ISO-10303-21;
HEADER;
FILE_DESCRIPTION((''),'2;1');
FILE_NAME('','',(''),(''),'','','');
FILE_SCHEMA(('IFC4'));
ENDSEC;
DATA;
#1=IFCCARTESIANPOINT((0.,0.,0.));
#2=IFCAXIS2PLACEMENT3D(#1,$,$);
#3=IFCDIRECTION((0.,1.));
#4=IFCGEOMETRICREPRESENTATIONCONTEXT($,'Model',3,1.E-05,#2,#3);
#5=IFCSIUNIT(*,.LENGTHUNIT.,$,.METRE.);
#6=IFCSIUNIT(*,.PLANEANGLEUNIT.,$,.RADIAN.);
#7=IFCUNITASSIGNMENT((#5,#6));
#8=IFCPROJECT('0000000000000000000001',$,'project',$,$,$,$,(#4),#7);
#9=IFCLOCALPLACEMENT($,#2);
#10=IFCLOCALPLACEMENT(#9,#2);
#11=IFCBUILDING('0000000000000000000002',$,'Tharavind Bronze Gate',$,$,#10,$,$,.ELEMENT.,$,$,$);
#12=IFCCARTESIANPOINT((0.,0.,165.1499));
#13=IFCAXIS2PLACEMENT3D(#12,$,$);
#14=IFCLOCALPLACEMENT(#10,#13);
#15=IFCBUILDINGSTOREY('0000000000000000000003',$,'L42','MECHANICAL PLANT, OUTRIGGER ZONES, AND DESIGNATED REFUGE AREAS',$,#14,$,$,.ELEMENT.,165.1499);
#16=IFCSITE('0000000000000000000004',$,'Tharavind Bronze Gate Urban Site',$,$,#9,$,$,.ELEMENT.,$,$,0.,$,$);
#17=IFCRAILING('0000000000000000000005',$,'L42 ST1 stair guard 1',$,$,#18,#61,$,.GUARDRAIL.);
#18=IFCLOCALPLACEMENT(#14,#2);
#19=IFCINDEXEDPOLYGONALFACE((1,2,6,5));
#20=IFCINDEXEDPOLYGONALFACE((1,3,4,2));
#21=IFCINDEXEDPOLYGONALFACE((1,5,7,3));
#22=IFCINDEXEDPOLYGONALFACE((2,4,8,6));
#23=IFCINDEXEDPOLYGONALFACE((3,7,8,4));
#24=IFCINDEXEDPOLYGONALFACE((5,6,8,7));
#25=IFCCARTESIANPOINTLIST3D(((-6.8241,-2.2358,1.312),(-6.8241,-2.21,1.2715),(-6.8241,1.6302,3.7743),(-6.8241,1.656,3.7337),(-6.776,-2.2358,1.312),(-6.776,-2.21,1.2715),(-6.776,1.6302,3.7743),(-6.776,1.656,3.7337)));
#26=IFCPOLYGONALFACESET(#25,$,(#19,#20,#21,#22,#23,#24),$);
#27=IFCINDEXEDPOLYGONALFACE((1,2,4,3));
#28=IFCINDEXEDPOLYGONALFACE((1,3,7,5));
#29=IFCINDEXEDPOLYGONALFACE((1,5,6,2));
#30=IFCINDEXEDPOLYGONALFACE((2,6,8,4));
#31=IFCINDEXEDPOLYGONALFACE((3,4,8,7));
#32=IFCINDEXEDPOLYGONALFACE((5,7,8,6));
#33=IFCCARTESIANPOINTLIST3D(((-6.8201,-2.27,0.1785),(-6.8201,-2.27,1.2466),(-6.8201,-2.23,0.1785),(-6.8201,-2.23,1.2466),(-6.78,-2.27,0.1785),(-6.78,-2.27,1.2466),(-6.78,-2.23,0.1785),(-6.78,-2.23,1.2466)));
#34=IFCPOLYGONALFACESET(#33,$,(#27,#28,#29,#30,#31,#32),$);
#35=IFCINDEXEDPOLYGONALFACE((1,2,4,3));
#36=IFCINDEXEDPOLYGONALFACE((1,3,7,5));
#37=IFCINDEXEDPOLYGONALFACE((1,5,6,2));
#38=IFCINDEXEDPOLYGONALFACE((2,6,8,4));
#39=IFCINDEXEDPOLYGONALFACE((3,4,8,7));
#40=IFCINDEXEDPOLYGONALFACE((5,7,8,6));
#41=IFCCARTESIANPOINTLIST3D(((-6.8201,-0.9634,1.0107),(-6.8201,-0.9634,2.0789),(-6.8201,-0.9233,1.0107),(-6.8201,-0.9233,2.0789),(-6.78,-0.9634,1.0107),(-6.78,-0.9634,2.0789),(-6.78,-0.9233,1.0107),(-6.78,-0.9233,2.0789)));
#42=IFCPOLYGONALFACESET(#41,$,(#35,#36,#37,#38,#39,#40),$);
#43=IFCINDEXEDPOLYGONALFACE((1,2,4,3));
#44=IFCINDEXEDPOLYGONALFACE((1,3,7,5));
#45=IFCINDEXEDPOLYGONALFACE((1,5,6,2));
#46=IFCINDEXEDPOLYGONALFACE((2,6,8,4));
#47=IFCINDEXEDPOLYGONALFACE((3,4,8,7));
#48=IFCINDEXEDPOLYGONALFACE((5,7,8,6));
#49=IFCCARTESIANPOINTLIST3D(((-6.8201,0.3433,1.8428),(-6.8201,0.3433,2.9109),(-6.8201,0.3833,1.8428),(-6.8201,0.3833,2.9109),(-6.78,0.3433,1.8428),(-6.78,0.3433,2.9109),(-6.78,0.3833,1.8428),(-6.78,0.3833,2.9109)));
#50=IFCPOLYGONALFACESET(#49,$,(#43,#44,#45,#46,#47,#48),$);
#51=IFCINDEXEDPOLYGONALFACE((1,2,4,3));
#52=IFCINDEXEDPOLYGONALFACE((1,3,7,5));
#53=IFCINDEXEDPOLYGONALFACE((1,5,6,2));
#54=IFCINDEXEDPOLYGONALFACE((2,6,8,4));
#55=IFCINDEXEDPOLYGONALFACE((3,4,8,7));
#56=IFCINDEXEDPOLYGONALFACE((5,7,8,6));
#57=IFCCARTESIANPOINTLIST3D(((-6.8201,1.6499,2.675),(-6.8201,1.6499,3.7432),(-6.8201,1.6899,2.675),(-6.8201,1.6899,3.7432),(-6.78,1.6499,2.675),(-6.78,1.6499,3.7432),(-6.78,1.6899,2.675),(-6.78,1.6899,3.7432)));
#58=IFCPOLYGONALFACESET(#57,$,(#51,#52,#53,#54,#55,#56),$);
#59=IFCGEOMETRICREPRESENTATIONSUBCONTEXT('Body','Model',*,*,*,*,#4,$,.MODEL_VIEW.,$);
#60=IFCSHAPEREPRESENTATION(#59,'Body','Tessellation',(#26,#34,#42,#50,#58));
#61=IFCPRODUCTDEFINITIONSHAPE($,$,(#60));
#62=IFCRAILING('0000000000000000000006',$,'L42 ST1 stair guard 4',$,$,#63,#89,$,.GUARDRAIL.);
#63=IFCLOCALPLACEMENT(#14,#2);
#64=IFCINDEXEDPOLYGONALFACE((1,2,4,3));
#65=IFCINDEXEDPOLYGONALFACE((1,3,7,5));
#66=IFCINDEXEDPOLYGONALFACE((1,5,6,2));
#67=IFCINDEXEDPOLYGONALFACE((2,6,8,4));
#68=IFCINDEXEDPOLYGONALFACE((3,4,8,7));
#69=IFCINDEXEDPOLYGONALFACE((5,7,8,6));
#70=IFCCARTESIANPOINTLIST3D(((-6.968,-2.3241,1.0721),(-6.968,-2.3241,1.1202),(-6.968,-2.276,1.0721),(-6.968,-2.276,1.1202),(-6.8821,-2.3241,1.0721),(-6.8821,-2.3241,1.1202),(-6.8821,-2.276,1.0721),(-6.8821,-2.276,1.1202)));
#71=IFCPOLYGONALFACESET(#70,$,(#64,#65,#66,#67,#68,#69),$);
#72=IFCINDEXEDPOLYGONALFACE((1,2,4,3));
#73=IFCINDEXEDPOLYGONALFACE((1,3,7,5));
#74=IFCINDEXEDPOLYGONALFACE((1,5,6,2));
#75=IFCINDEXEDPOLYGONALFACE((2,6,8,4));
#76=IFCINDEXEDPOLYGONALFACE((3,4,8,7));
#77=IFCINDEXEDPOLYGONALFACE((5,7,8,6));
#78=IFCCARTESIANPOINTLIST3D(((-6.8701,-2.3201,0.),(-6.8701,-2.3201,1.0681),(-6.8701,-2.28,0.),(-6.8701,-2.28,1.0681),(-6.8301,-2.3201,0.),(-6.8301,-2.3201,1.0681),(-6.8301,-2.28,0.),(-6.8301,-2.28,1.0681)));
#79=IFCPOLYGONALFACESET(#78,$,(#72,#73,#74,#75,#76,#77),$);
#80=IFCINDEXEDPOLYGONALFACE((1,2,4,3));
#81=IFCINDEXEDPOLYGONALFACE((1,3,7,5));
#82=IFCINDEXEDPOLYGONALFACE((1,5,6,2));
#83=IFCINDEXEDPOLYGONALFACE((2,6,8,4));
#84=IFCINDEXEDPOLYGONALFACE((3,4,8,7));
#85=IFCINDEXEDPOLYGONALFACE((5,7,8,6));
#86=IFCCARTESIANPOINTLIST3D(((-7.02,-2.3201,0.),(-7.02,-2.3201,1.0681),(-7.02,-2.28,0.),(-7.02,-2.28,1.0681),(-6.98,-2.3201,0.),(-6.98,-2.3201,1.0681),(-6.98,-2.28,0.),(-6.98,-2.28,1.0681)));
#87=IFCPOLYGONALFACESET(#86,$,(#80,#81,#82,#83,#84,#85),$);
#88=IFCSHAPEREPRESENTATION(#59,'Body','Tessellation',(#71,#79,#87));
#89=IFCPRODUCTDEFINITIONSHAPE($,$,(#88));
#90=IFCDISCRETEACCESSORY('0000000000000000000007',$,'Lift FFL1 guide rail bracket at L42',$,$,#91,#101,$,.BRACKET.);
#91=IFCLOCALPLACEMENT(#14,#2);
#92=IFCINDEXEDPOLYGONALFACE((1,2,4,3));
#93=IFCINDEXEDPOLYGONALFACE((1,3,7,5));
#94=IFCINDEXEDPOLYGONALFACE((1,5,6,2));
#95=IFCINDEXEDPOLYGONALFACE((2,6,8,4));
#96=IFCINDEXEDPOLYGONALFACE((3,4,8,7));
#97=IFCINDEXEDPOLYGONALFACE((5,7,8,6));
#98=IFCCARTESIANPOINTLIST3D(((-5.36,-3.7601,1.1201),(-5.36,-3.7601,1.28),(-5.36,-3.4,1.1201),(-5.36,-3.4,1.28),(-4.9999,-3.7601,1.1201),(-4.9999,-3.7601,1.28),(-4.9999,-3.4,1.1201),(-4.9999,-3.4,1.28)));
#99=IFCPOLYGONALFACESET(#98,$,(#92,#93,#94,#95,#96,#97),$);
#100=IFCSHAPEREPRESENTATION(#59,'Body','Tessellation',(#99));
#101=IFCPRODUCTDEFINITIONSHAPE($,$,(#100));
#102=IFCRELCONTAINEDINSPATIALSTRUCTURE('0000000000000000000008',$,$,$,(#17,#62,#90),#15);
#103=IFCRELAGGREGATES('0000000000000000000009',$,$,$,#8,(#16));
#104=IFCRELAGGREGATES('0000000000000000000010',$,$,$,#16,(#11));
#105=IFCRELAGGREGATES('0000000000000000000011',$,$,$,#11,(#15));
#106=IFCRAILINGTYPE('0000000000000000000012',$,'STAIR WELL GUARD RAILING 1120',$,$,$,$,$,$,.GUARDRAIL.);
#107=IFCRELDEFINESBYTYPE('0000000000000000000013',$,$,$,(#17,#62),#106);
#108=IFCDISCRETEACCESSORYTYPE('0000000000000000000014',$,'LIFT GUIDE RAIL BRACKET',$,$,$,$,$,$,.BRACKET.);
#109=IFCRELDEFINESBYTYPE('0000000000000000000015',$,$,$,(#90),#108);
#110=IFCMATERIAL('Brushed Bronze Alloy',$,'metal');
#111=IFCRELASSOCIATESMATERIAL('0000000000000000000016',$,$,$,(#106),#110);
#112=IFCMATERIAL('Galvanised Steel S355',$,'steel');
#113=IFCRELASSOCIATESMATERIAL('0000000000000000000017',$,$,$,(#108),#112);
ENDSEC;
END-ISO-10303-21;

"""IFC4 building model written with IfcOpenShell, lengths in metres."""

from ifc_helpers import new_model, si_unit, direction, frame, origin, origin_2d, place, context, subcontext, project, spatial, rectangle, extrude, material, type_object, element, save


model = new_model("IFC4")

# Units and contexts
model_context = context("Model", 3, precision=1e-05, world=origin(), true_north=direction((0.0, 1.0)))
body_context = subcontext(model_context, "Body", "Model", "MODEL_VIEW")
ifc_project = project(units=[si_unit("LENGTHUNIT", "METRE"), si_unit("PLANEANGLEUNIT", "RADIAN")], contexts=[model_context])

# Site, building, storey
site_placement = place(None, origin())
site = spatial("IfcSite", under=ifc_project, at=site_placement, Name="Tharavind Bronze Gate Urban Site", CompositionType="ELEMENT", RefElevation=0.0)
building_placement = place(site_placement, origin())
building = spatial("IfcBuilding", under=site, at=building_placement, Name="Tharavind Bronze Gate", CompositionType="ELEMENT")
storey_placement = place(building_placement, frame((0.0, 0.0, 165.1499)))
storey = spatial("IfcBuildingStorey", under=building, at=storey_placement, Name="L42", Description="MECHANICAL PLANT, OUTRIGGER ZONES, AND DESIGNATED REFUGE AREAS", CompositionType="ELEMENT", Elevation=165.1499)

# Railings
ifc_material_1 = material(Name="Brushed Bronze Alloy", Category="metal")
railing_type_1 = type_object("IfcRailingType", Name="STAIR WELL GUARD RAILING 1120", PredefinedType="GUARDRAIL", material=ifc_material_1)
railing_1_placement = place(storey_placement, frame((-6.8, -2.25, 0.1785)))
element("IfcRailing", 1, at=railing_1_placement, inside=storey, type_object=railing_type_1, Name="L42 ST1 stair guard 1", PredefinedType="GUARDRAIL", context=body_context, shape_type="SweptSolid", body=[
    extrude(rectangle(XDim=0.0481, YDim=0.0481, at=origin_2d()), frame((0.0, 0.0271, 1.1133), z_axis=(0.0, 0.843458, 0.537195), x_axis=(-1.0, 0.0, 0.0)), (0.0, 0.0, 1.0), 4.5835),
    extrude(rectangle(XDim=0.04, YDim=0.04, at=origin_2d()), origin(), (0.0, 0.0, 1.0), 1.0681),
    extrude(rectangle(XDim=0.04, YDim=0.04, at=origin_2d()), frame((0.0, 1.3066, 0.8323)), (0.0, 0.0, 1.0), 1.0681),
    extrude(rectangle(XDim=0.04, YDim=0.04, at=origin_2d()), frame((0.0, 2.6133, 1.6643)), (0.0, 0.0, 1.0), 1.0681),
    extrude(rectangle(XDim=0.04, YDim=0.04, at=origin_2d()), frame((0.0, 3.9199, 2.4966)), (0.0, 0.0, 1.0), 1.0681),
])
railing_2_placement = place(storey_placement, frame((-6.8501, -2.3, 0.0)))
element("IfcRailing", 2, at=railing_2_placement, inside=storey, type_object=railing_type_1, Name="L42 ST1 stair guard 4", PredefinedType="GUARDRAIL", context=body_context, shape_type="SweptSolid", body=[
    extrude(rectangle(XDim=0.0481, YDim=0.0481, at=origin_2d()), frame((-0.032, 0.0, 1.0962), z_axis=(-1.0, 0.0, 0.0), x_axis=(0.0, -1.0, 0.0)), (0.0, 0.0, 1.0), 0.0859),
    extrude(rectangle(XDim=0.04, YDim=0.04, at=origin_2d()), origin(), (0.0, 0.0, 1.0), 1.0681),
    extrude(rectangle(XDim=0.04, YDim=0.04, at=origin_2d()), frame((-0.1499, 0.0, 0.0)), (0.0, 0.0, 1.0), 1.0681),
])

# Discrete accessory
ifc_material_2 = material(Name="Galvanised Steel S355", Category="steel")
discrete_accessory_type = type_object("IfcDiscreteAccessoryType", Name="LIFT GUIDE RAIL BRACKET", PredefinedType="BRACKET", material=ifc_material_2)
discrete_accessory_placement = place(storey_placement, frame((-5.1799, -3.5801, 1.1201), z_axis=(0.0, 0.0, 1.0), x_axis=(1.0, 0.0, 0.0)))
element("IfcDiscreteAccessory", 3, at=discrete_accessory_placement, inside=storey, type_object=discrete_accessory_type, Name="Lift FFL1 guide rail bracket at L42", PredefinedType="BRACKET", context=body_context, shape_type="SweptSolid", body=[
    extrude(rectangle(XDim=0.3601, YDim=0.3601, at=origin_2d()), origin(), (0.0, 0.0, 1.0), 0.1599),
])

save(model, "model.ifc")
